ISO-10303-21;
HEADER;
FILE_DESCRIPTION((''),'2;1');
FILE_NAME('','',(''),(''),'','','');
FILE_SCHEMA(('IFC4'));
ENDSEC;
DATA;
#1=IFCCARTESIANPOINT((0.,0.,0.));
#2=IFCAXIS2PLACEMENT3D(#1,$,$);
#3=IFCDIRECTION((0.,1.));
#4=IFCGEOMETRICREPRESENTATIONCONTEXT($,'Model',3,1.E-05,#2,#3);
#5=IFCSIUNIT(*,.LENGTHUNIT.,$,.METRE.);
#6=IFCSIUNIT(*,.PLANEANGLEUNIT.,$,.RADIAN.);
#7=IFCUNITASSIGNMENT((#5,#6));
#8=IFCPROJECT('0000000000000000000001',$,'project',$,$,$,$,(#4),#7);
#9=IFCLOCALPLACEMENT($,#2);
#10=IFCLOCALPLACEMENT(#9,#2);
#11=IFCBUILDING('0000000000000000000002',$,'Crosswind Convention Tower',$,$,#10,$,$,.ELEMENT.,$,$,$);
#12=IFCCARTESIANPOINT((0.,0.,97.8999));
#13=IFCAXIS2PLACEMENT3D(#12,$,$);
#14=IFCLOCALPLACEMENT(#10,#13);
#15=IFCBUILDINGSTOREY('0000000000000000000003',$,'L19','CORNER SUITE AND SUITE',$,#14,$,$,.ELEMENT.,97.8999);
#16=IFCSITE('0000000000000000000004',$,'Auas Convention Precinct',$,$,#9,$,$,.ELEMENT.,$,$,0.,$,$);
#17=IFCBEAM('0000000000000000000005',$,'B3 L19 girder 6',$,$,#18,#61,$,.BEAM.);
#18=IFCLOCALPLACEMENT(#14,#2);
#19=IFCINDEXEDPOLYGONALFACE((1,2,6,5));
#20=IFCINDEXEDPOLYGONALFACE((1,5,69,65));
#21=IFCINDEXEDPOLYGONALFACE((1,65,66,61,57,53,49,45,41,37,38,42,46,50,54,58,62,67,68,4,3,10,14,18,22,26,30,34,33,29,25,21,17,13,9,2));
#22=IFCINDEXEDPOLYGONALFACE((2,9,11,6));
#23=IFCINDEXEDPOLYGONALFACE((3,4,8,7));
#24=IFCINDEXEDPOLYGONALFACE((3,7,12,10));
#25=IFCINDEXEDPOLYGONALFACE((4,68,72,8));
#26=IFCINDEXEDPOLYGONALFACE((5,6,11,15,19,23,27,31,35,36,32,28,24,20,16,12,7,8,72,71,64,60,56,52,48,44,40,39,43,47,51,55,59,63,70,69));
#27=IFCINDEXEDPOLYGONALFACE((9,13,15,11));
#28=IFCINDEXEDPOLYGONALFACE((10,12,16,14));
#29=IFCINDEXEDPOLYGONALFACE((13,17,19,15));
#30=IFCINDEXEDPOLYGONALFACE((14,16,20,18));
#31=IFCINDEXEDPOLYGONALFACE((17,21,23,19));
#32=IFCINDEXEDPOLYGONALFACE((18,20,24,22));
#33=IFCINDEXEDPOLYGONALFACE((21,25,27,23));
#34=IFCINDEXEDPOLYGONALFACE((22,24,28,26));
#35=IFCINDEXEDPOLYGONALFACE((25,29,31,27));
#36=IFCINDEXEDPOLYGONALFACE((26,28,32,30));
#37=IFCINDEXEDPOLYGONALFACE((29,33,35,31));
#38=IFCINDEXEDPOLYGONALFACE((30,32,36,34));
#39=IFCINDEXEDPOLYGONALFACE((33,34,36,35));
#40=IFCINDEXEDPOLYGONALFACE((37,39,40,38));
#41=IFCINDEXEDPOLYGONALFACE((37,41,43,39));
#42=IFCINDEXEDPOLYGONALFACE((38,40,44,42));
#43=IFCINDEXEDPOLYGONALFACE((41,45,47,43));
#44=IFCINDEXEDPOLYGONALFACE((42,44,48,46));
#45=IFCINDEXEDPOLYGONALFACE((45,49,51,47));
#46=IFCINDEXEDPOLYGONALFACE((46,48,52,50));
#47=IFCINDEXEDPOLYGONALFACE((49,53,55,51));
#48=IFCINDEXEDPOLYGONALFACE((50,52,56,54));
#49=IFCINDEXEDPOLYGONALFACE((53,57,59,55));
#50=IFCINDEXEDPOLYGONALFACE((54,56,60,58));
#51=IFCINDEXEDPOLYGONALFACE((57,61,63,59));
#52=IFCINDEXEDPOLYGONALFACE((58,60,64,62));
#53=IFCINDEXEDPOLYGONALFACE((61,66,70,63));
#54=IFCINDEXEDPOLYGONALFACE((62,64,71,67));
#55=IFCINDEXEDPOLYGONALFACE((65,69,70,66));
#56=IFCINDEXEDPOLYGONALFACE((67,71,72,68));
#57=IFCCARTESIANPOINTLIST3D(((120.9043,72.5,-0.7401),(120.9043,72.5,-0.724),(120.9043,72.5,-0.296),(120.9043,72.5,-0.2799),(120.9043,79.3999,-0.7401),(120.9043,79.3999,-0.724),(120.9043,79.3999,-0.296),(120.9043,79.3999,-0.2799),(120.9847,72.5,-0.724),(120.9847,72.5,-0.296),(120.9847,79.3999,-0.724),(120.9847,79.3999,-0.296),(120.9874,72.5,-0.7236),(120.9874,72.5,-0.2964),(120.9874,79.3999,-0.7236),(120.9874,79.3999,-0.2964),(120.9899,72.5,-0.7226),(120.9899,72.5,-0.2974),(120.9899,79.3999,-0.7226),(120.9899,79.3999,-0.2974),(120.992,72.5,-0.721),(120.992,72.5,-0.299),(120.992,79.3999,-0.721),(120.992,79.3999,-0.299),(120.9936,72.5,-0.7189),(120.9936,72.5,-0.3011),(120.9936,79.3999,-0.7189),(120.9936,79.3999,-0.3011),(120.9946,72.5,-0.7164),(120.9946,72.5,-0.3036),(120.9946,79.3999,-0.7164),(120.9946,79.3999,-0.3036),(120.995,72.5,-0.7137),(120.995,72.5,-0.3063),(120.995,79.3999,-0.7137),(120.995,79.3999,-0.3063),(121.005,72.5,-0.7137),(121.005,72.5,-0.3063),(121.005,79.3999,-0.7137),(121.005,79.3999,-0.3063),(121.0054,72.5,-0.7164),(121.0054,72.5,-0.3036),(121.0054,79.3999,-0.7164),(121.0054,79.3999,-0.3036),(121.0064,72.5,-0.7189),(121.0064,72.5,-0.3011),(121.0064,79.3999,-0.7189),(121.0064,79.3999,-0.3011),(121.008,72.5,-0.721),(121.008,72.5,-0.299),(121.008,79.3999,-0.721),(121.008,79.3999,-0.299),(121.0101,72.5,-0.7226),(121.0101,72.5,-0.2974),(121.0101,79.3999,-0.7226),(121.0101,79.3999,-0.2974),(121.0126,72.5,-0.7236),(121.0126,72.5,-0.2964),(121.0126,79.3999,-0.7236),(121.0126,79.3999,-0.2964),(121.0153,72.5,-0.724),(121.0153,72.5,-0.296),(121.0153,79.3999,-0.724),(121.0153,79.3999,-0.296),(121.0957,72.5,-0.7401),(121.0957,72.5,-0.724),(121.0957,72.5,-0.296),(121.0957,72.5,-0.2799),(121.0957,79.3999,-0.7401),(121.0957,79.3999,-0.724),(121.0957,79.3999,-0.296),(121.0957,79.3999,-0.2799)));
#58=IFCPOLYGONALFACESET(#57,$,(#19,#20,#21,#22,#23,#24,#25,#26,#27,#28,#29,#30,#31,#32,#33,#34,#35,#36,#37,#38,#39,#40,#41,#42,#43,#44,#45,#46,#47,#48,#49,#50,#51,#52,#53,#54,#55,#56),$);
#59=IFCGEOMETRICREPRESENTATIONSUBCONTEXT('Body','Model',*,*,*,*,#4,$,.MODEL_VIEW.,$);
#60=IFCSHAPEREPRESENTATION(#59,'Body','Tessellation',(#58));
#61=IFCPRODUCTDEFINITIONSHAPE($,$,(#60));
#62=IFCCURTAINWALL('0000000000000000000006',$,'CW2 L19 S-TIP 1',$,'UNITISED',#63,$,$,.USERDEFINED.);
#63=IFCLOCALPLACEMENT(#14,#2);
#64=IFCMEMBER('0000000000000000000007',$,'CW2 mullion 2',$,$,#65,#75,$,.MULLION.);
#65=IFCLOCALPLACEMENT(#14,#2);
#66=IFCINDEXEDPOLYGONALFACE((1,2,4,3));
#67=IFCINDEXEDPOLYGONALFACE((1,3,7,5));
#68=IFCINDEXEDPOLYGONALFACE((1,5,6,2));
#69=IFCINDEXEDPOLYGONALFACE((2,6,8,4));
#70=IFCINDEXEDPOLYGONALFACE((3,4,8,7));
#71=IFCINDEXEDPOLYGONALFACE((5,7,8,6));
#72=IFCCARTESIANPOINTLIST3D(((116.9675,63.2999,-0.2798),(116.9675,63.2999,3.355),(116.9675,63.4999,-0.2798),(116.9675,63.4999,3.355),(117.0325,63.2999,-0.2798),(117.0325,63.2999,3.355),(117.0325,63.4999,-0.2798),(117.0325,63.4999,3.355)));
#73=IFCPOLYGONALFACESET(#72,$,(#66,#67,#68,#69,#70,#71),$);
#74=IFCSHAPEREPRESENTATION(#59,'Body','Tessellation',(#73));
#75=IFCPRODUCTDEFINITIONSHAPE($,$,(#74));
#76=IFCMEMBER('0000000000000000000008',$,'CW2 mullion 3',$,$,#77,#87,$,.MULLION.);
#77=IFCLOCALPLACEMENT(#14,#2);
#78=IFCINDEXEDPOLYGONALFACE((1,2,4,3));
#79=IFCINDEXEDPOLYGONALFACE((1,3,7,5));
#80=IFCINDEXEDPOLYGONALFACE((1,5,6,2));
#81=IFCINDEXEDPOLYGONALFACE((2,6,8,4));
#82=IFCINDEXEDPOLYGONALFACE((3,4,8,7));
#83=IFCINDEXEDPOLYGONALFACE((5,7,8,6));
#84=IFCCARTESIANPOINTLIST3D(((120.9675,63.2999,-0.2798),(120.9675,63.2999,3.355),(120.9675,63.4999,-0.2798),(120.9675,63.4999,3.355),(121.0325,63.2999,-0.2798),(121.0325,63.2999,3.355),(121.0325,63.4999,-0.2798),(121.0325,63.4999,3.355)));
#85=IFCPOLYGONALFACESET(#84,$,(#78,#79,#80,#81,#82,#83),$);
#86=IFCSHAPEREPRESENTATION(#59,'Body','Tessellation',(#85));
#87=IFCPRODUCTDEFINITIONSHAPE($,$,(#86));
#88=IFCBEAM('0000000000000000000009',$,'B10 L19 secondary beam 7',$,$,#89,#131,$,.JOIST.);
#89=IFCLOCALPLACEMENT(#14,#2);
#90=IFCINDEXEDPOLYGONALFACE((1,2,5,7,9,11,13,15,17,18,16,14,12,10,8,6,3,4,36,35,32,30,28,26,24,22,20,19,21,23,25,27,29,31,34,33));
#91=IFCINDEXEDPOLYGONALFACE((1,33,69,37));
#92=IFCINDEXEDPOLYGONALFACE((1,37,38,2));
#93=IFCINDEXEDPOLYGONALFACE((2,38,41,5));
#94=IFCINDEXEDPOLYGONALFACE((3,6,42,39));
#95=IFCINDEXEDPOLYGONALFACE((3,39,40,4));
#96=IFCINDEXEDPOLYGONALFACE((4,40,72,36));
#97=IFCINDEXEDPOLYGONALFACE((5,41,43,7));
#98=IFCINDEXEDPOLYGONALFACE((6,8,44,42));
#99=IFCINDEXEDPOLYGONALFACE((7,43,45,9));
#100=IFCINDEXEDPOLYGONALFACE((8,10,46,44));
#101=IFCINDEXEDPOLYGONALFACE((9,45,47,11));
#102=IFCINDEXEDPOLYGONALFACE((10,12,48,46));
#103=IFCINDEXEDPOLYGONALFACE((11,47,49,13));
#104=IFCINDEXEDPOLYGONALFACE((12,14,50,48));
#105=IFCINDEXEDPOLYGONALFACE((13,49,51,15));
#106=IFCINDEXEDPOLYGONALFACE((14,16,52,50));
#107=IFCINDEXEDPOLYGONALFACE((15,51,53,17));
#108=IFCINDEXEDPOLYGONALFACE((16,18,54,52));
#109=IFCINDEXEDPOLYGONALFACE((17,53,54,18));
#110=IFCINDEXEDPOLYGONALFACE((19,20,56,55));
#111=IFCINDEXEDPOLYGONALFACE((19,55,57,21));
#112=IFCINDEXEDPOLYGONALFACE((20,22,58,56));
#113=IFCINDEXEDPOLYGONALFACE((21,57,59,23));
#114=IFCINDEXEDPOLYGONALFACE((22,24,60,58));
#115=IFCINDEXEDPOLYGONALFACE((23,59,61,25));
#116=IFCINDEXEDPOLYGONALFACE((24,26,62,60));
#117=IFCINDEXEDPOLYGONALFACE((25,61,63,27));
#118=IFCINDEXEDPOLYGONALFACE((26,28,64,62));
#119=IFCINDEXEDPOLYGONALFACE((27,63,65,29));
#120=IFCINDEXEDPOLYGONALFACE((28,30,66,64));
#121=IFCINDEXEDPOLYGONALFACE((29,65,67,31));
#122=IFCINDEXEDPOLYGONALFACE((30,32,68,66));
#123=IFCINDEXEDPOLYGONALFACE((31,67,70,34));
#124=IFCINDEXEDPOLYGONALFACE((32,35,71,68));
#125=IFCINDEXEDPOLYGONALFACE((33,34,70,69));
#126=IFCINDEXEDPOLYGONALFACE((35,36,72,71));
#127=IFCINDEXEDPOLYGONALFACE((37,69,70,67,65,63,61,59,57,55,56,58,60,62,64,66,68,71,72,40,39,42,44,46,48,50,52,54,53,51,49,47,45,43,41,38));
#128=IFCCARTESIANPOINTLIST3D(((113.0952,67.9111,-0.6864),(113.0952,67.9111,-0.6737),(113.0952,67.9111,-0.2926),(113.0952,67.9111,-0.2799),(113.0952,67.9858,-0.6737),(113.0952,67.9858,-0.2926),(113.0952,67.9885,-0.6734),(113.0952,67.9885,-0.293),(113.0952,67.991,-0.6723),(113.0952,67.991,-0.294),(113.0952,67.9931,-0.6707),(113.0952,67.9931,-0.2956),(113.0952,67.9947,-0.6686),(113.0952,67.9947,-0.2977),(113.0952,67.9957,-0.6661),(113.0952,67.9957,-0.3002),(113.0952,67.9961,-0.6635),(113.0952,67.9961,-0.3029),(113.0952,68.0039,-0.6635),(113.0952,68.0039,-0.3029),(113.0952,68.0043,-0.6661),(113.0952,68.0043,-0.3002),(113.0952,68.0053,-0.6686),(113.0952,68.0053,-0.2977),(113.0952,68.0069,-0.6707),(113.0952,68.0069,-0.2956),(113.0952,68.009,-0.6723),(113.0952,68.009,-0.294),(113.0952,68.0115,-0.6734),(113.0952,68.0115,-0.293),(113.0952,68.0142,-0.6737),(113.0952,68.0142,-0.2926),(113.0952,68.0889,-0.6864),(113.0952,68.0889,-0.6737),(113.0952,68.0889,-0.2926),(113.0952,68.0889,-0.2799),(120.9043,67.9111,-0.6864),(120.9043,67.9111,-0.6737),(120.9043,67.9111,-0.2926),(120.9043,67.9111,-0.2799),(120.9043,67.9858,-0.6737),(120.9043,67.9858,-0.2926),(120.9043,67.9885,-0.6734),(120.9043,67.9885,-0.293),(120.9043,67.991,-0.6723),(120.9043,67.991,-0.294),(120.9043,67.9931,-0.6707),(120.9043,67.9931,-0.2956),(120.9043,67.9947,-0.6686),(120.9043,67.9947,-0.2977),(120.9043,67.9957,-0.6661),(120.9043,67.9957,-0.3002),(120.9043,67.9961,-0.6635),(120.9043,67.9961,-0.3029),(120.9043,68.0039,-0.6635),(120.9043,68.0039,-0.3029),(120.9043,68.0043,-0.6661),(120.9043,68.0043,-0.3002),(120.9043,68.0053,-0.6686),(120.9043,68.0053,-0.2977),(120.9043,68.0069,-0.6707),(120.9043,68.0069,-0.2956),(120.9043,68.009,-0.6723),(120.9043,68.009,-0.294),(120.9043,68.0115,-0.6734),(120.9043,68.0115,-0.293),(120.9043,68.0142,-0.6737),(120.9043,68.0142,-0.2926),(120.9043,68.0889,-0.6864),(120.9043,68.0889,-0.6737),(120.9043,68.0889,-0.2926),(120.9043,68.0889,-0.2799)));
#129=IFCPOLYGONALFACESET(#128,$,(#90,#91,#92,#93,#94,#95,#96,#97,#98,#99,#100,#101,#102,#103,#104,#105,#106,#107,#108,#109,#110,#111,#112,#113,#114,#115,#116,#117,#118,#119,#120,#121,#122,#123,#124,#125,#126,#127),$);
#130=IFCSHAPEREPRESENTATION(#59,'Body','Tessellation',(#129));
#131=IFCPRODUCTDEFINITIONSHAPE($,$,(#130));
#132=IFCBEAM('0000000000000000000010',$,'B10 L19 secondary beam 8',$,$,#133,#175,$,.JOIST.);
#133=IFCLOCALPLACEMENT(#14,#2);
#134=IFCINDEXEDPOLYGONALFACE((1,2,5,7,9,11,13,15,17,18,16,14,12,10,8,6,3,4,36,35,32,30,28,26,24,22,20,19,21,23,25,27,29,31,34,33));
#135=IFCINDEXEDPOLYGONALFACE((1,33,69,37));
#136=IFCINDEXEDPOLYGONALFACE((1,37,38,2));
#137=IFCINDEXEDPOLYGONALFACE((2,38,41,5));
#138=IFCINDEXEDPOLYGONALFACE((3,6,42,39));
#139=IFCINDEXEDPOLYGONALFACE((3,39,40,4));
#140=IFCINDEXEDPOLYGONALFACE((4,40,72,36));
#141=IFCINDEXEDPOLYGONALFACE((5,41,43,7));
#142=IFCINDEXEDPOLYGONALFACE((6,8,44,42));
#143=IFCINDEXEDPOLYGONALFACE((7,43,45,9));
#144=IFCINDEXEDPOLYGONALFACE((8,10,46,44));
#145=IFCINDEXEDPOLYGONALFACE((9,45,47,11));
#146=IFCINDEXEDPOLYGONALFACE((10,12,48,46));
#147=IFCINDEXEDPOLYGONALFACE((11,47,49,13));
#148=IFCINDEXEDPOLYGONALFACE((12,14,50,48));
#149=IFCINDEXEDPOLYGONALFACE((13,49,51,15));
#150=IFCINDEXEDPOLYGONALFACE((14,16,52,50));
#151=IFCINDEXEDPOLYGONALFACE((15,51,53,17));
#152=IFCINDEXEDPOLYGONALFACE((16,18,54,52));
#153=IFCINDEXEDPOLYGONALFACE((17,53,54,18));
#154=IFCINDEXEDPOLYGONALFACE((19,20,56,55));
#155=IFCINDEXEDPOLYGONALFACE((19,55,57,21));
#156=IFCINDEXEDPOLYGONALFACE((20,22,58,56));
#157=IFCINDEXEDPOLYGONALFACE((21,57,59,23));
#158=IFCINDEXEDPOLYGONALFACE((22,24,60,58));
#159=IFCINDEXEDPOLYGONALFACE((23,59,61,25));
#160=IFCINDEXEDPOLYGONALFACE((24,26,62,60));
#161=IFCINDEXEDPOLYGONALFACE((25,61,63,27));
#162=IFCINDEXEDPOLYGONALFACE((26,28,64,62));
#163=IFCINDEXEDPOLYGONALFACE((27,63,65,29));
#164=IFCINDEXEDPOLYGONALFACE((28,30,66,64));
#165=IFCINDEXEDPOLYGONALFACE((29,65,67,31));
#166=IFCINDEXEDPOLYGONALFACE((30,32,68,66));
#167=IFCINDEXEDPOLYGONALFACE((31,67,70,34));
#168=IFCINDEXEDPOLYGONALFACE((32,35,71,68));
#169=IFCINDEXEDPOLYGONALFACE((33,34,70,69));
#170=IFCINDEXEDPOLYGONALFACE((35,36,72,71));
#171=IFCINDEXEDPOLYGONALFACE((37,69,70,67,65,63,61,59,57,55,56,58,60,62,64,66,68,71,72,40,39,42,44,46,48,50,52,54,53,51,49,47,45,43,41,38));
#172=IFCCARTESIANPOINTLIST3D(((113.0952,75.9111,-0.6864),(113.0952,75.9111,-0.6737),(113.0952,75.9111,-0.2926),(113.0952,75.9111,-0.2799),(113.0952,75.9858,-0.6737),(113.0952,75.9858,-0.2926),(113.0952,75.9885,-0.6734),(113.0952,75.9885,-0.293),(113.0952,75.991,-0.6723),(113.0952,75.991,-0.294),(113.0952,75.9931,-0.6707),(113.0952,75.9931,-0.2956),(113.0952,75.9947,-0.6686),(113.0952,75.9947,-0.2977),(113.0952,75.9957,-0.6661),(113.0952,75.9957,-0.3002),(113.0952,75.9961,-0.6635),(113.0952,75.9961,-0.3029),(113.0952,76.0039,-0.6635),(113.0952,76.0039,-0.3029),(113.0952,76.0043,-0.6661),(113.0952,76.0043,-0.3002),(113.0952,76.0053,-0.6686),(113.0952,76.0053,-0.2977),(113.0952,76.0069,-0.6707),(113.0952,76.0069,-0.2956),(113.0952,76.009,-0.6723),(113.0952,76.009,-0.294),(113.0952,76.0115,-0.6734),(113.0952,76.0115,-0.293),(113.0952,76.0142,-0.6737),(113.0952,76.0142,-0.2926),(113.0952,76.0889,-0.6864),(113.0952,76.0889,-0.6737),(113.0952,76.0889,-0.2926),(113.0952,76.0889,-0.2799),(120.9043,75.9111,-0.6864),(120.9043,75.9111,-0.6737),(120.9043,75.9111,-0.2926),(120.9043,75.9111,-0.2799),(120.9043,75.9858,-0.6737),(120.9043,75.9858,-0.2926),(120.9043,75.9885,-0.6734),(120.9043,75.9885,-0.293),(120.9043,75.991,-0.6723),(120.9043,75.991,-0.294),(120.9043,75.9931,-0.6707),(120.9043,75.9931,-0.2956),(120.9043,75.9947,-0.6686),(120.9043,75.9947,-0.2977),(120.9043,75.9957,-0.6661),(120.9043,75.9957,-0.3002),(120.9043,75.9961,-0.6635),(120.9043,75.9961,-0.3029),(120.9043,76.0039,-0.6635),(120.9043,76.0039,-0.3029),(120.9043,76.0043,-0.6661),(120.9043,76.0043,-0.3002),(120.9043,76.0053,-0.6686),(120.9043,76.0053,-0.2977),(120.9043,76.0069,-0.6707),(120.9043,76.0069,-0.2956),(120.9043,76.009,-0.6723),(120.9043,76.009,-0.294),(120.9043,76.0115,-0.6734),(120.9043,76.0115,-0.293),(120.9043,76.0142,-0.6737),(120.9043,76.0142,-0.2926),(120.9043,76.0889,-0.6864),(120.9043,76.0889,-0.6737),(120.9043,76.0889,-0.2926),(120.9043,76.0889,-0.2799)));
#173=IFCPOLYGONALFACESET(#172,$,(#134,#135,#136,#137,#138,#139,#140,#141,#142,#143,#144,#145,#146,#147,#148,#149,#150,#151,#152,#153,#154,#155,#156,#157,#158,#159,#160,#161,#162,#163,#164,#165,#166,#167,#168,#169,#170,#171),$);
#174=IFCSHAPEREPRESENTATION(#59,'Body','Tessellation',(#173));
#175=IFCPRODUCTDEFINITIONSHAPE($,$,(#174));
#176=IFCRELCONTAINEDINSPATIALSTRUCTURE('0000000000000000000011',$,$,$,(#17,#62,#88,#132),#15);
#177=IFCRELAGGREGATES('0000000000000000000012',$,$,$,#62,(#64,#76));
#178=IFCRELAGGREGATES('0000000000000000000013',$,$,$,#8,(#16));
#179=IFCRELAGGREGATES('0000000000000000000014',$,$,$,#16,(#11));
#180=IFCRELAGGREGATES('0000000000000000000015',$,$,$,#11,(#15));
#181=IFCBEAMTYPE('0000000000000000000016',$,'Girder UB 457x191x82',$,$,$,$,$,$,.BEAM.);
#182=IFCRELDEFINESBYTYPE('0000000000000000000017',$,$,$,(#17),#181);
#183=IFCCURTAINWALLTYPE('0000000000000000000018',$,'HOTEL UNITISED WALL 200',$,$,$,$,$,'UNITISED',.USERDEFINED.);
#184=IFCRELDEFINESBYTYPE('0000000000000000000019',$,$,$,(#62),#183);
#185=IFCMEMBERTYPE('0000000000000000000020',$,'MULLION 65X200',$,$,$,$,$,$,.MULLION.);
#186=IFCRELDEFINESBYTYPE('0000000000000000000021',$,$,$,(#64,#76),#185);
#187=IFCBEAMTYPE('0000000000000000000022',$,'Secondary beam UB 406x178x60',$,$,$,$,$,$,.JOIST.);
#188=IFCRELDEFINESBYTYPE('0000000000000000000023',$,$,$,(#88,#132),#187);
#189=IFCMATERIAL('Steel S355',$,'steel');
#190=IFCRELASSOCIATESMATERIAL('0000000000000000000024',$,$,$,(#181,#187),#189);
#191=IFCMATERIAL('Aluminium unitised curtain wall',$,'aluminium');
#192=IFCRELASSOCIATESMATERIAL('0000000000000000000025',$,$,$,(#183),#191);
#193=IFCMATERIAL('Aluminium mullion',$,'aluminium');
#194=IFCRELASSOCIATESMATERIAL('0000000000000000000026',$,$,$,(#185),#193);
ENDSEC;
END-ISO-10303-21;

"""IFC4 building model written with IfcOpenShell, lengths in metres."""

from ifc_helpers import new_model, si_unit, direction, frame, origin, origin_2d, place, context, subcontext, project, spatial, rectangle, i_section, extrude, material, material_profile, profile_set, type_object, element, aggregate, save


model = new_model("IFC4")

# Units and contexts
model_context = context("Model", 3, precision=1e-05, world=origin(), true_north=direction((0.0, 1.0)))
body_context = subcontext(model_context, "Body", "Model", "MODEL_VIEW")
ifc_project = project(units=[si_unit("LENGTHUNIT", "METRE"), si_unit("PLANEANGLEUNIT", "RADIAN")], contexts=[model_context])

# Site, building, storey
site_placement = place(None, origin())
site = spatial("IfcSite", under=ifc_project, at=site_placement, Name="Auas Convention Precinct", CompositionType="ELEMENT", RefElevation=0.0)
building_placement = place(site_placement, origin())
building = spatial("IfcBuilding", under=site, at=building_placement, Name="Crosswind Convention Tower", CompositionType="ELEMENT")
storey_placement = place(building_placement, frame((0.0, 0.0, 97.8999)))
storey = spatial("IfcBuildingStorey", under=building, at=storey_placement, Name="L19", Description="CORNER SUITE AND SUITE", CompositionType="ELEMENT", Elevation=97.8999)

# Beam
ifc_material_1 = material(Name="Steel S355", Category="steel")
ifc_material_profile_1 = material_profile(ifc_material_1, i_section(OverallWidth=0.1914, OverallDepth=0.4602, WebThickness=0.01, FlangeThickness=0.0161, FilletRadius=0.0103, at=origin_2d()), Name="UB 457x191x82")
ifc_profile_set_1 = profile_set([ifc_material_profile_1], Name="Steel S355")
beam_type_1 = type_object("IfcBeamType", Name="Girder UB 457x191x82", PredefinedType="BEAM", material=ifc_profile_set_1)
beam_1_placement = place(storey_placement, frame((121.0, 72.5, -0.51), z_axis=(0.0, 1.0, 0.0), x_axis=(-1.0, 0.0, 0.0)))
element("IfcBeam", 1, at=beam_1_placement, inside=storey, type_object=beam_type_1, Name="B3 L19 girder 6", PredefinedType="BEAM", context=body_context, shape_type="SweptSolid", body=[
    extrude(i_section(OverallWidth=0.1914, OverallDepth=0.4602, WebThickness=0.01, FlangeThickness=0.0161, FilletRadius=0.0103, at=origin_2d()), origin(), (0.0, 0.0, 1.0), 6.8999),
])

# Curtain wall, members
ifc_material_2 = material(Name="Aluminium unitised curtain wall", Category="aluminium")
curtain_wall_type = type_object("IfcCurtainWallType", Name="HOTEL UNITISED WALL 200", ElementType="UNITISED", PredefinedType="USERDEFINED", material=ifc_material_2)
curtain_wall_placement = place(storey_placement, origin())
curtain_wall = element("IfcCurtainWall", 2, at=curtain_wall_placement, inside=storey, type_object=curtain_wall_type, Name="CW2 L19 S-TIP 1", ObjectType="UNITISED", PredefinedType="USERDEFINED")
ifc_material_3 = material(Name="Aluminium mullion", Category="aluminium")
ifc_material_profile_2 = material_profile(ifc_material_3, rectangle(XDim=0.2, YDim=0.0649, at=origin_2d()), Name="AL 200X65")
ifc_profile_set_2 = profile_set([ifc_material_profile_2], Name="Aluminium mullion")
member_type_1 = type_object("IfcMemberType", Name="MULLION 65X200", PredefinedType="MULLION", material=ifc_profile_set_2)
member_1_placement = place(storey_placement, frame((117.0, 63.3999, -0.2798), z_axis=(0.0, 0.0, 1.0), x_axis=(0.0, -1.0, 0.0)))
member_1 = element("IfcMember", 3, at=member_1_placement, type_object=member_type_1, Name="CW2 mullion 2", PredefinedType="MULLION", context=body_context, shape_type="SweptSolid", body=[
    extrude(rectangle(XDim=0.2, YDim=0.0649, at=origin_2d()), origin(), (0.0, 0.0, 1.0), 3.6348),
])
member_2_placement = place(storey_placement, frame((121.0, 63.3999, -0.2798), z_axis=(0.0, 0.0, 1.0), x_axis=(0.0, -1.0, 0.0)))
member_2 = element("IfcMember", 4, at=member_2_placement, type_object=member_type_1, Name="CW2 mullion 3", PredefinedType="MULLION", context=body_context, shape_type="SweptSolid", body=[
    extrude(rectangle(XDim=0.2, YDim=0.0649, at=origin_2d()), origin(), (0.0, 0.0, 1.0), 3.6348),
])

# Beams
ifc_material_profile_3 = material_profile(ifc_material_1, i_section(OverallWidth=0.1777, OverallDepth=0.4065, WebThickness=0.0078, FlangeThickness=0.0127, FilletRadius=0.0103, at=origin_2d()), Name="UB 406x178x60")
ifc_profile_set_3 = profile_set([ifc_material_profile_3], Name="Steel S355")
beam_type_2 = type_object("IfcBeamType", Name="Secondary beam UB 406x178x60", PredefinedType="JOIST", material=ifc_profile_set_3)
for number, where, z_axis, x_axis, name in (
    (5, (113.0952, 68.0, -0.4832), (1.0, 0.0, 0.0), (0.0, 1.0, 0.0), "B10 L19 secondary beam 7"),
    (6, (113.0952, 76.0, -0.4832), (1.0, 0.0, 0.0), (0.0, 1.0, 0.0), "B10 L19 secondary beam 8"),
):
    element("IfcBeam", number, at=place(storey_placement, frame(where, z_axis=z_axis, x_axis=x_axis)), inside=storey, type_object=beam_type_2, Name=name, PredefinedType="JOIST", context=body_context, shape_type="SweptSolid", body=[
        extrude(i_section(OverallWidth=0.1777, OverallDepth=0.4065, WebThickness=0.0078, FlangeThickness=0.0127, FilletRadius=0.0103, at=origin_2d()), origin(), (0.0, 0.0, 1.0), 7.8091),
    ])

aggregate(curtain_wall, [member_1, member_2])

save(model, "model.ifc")
